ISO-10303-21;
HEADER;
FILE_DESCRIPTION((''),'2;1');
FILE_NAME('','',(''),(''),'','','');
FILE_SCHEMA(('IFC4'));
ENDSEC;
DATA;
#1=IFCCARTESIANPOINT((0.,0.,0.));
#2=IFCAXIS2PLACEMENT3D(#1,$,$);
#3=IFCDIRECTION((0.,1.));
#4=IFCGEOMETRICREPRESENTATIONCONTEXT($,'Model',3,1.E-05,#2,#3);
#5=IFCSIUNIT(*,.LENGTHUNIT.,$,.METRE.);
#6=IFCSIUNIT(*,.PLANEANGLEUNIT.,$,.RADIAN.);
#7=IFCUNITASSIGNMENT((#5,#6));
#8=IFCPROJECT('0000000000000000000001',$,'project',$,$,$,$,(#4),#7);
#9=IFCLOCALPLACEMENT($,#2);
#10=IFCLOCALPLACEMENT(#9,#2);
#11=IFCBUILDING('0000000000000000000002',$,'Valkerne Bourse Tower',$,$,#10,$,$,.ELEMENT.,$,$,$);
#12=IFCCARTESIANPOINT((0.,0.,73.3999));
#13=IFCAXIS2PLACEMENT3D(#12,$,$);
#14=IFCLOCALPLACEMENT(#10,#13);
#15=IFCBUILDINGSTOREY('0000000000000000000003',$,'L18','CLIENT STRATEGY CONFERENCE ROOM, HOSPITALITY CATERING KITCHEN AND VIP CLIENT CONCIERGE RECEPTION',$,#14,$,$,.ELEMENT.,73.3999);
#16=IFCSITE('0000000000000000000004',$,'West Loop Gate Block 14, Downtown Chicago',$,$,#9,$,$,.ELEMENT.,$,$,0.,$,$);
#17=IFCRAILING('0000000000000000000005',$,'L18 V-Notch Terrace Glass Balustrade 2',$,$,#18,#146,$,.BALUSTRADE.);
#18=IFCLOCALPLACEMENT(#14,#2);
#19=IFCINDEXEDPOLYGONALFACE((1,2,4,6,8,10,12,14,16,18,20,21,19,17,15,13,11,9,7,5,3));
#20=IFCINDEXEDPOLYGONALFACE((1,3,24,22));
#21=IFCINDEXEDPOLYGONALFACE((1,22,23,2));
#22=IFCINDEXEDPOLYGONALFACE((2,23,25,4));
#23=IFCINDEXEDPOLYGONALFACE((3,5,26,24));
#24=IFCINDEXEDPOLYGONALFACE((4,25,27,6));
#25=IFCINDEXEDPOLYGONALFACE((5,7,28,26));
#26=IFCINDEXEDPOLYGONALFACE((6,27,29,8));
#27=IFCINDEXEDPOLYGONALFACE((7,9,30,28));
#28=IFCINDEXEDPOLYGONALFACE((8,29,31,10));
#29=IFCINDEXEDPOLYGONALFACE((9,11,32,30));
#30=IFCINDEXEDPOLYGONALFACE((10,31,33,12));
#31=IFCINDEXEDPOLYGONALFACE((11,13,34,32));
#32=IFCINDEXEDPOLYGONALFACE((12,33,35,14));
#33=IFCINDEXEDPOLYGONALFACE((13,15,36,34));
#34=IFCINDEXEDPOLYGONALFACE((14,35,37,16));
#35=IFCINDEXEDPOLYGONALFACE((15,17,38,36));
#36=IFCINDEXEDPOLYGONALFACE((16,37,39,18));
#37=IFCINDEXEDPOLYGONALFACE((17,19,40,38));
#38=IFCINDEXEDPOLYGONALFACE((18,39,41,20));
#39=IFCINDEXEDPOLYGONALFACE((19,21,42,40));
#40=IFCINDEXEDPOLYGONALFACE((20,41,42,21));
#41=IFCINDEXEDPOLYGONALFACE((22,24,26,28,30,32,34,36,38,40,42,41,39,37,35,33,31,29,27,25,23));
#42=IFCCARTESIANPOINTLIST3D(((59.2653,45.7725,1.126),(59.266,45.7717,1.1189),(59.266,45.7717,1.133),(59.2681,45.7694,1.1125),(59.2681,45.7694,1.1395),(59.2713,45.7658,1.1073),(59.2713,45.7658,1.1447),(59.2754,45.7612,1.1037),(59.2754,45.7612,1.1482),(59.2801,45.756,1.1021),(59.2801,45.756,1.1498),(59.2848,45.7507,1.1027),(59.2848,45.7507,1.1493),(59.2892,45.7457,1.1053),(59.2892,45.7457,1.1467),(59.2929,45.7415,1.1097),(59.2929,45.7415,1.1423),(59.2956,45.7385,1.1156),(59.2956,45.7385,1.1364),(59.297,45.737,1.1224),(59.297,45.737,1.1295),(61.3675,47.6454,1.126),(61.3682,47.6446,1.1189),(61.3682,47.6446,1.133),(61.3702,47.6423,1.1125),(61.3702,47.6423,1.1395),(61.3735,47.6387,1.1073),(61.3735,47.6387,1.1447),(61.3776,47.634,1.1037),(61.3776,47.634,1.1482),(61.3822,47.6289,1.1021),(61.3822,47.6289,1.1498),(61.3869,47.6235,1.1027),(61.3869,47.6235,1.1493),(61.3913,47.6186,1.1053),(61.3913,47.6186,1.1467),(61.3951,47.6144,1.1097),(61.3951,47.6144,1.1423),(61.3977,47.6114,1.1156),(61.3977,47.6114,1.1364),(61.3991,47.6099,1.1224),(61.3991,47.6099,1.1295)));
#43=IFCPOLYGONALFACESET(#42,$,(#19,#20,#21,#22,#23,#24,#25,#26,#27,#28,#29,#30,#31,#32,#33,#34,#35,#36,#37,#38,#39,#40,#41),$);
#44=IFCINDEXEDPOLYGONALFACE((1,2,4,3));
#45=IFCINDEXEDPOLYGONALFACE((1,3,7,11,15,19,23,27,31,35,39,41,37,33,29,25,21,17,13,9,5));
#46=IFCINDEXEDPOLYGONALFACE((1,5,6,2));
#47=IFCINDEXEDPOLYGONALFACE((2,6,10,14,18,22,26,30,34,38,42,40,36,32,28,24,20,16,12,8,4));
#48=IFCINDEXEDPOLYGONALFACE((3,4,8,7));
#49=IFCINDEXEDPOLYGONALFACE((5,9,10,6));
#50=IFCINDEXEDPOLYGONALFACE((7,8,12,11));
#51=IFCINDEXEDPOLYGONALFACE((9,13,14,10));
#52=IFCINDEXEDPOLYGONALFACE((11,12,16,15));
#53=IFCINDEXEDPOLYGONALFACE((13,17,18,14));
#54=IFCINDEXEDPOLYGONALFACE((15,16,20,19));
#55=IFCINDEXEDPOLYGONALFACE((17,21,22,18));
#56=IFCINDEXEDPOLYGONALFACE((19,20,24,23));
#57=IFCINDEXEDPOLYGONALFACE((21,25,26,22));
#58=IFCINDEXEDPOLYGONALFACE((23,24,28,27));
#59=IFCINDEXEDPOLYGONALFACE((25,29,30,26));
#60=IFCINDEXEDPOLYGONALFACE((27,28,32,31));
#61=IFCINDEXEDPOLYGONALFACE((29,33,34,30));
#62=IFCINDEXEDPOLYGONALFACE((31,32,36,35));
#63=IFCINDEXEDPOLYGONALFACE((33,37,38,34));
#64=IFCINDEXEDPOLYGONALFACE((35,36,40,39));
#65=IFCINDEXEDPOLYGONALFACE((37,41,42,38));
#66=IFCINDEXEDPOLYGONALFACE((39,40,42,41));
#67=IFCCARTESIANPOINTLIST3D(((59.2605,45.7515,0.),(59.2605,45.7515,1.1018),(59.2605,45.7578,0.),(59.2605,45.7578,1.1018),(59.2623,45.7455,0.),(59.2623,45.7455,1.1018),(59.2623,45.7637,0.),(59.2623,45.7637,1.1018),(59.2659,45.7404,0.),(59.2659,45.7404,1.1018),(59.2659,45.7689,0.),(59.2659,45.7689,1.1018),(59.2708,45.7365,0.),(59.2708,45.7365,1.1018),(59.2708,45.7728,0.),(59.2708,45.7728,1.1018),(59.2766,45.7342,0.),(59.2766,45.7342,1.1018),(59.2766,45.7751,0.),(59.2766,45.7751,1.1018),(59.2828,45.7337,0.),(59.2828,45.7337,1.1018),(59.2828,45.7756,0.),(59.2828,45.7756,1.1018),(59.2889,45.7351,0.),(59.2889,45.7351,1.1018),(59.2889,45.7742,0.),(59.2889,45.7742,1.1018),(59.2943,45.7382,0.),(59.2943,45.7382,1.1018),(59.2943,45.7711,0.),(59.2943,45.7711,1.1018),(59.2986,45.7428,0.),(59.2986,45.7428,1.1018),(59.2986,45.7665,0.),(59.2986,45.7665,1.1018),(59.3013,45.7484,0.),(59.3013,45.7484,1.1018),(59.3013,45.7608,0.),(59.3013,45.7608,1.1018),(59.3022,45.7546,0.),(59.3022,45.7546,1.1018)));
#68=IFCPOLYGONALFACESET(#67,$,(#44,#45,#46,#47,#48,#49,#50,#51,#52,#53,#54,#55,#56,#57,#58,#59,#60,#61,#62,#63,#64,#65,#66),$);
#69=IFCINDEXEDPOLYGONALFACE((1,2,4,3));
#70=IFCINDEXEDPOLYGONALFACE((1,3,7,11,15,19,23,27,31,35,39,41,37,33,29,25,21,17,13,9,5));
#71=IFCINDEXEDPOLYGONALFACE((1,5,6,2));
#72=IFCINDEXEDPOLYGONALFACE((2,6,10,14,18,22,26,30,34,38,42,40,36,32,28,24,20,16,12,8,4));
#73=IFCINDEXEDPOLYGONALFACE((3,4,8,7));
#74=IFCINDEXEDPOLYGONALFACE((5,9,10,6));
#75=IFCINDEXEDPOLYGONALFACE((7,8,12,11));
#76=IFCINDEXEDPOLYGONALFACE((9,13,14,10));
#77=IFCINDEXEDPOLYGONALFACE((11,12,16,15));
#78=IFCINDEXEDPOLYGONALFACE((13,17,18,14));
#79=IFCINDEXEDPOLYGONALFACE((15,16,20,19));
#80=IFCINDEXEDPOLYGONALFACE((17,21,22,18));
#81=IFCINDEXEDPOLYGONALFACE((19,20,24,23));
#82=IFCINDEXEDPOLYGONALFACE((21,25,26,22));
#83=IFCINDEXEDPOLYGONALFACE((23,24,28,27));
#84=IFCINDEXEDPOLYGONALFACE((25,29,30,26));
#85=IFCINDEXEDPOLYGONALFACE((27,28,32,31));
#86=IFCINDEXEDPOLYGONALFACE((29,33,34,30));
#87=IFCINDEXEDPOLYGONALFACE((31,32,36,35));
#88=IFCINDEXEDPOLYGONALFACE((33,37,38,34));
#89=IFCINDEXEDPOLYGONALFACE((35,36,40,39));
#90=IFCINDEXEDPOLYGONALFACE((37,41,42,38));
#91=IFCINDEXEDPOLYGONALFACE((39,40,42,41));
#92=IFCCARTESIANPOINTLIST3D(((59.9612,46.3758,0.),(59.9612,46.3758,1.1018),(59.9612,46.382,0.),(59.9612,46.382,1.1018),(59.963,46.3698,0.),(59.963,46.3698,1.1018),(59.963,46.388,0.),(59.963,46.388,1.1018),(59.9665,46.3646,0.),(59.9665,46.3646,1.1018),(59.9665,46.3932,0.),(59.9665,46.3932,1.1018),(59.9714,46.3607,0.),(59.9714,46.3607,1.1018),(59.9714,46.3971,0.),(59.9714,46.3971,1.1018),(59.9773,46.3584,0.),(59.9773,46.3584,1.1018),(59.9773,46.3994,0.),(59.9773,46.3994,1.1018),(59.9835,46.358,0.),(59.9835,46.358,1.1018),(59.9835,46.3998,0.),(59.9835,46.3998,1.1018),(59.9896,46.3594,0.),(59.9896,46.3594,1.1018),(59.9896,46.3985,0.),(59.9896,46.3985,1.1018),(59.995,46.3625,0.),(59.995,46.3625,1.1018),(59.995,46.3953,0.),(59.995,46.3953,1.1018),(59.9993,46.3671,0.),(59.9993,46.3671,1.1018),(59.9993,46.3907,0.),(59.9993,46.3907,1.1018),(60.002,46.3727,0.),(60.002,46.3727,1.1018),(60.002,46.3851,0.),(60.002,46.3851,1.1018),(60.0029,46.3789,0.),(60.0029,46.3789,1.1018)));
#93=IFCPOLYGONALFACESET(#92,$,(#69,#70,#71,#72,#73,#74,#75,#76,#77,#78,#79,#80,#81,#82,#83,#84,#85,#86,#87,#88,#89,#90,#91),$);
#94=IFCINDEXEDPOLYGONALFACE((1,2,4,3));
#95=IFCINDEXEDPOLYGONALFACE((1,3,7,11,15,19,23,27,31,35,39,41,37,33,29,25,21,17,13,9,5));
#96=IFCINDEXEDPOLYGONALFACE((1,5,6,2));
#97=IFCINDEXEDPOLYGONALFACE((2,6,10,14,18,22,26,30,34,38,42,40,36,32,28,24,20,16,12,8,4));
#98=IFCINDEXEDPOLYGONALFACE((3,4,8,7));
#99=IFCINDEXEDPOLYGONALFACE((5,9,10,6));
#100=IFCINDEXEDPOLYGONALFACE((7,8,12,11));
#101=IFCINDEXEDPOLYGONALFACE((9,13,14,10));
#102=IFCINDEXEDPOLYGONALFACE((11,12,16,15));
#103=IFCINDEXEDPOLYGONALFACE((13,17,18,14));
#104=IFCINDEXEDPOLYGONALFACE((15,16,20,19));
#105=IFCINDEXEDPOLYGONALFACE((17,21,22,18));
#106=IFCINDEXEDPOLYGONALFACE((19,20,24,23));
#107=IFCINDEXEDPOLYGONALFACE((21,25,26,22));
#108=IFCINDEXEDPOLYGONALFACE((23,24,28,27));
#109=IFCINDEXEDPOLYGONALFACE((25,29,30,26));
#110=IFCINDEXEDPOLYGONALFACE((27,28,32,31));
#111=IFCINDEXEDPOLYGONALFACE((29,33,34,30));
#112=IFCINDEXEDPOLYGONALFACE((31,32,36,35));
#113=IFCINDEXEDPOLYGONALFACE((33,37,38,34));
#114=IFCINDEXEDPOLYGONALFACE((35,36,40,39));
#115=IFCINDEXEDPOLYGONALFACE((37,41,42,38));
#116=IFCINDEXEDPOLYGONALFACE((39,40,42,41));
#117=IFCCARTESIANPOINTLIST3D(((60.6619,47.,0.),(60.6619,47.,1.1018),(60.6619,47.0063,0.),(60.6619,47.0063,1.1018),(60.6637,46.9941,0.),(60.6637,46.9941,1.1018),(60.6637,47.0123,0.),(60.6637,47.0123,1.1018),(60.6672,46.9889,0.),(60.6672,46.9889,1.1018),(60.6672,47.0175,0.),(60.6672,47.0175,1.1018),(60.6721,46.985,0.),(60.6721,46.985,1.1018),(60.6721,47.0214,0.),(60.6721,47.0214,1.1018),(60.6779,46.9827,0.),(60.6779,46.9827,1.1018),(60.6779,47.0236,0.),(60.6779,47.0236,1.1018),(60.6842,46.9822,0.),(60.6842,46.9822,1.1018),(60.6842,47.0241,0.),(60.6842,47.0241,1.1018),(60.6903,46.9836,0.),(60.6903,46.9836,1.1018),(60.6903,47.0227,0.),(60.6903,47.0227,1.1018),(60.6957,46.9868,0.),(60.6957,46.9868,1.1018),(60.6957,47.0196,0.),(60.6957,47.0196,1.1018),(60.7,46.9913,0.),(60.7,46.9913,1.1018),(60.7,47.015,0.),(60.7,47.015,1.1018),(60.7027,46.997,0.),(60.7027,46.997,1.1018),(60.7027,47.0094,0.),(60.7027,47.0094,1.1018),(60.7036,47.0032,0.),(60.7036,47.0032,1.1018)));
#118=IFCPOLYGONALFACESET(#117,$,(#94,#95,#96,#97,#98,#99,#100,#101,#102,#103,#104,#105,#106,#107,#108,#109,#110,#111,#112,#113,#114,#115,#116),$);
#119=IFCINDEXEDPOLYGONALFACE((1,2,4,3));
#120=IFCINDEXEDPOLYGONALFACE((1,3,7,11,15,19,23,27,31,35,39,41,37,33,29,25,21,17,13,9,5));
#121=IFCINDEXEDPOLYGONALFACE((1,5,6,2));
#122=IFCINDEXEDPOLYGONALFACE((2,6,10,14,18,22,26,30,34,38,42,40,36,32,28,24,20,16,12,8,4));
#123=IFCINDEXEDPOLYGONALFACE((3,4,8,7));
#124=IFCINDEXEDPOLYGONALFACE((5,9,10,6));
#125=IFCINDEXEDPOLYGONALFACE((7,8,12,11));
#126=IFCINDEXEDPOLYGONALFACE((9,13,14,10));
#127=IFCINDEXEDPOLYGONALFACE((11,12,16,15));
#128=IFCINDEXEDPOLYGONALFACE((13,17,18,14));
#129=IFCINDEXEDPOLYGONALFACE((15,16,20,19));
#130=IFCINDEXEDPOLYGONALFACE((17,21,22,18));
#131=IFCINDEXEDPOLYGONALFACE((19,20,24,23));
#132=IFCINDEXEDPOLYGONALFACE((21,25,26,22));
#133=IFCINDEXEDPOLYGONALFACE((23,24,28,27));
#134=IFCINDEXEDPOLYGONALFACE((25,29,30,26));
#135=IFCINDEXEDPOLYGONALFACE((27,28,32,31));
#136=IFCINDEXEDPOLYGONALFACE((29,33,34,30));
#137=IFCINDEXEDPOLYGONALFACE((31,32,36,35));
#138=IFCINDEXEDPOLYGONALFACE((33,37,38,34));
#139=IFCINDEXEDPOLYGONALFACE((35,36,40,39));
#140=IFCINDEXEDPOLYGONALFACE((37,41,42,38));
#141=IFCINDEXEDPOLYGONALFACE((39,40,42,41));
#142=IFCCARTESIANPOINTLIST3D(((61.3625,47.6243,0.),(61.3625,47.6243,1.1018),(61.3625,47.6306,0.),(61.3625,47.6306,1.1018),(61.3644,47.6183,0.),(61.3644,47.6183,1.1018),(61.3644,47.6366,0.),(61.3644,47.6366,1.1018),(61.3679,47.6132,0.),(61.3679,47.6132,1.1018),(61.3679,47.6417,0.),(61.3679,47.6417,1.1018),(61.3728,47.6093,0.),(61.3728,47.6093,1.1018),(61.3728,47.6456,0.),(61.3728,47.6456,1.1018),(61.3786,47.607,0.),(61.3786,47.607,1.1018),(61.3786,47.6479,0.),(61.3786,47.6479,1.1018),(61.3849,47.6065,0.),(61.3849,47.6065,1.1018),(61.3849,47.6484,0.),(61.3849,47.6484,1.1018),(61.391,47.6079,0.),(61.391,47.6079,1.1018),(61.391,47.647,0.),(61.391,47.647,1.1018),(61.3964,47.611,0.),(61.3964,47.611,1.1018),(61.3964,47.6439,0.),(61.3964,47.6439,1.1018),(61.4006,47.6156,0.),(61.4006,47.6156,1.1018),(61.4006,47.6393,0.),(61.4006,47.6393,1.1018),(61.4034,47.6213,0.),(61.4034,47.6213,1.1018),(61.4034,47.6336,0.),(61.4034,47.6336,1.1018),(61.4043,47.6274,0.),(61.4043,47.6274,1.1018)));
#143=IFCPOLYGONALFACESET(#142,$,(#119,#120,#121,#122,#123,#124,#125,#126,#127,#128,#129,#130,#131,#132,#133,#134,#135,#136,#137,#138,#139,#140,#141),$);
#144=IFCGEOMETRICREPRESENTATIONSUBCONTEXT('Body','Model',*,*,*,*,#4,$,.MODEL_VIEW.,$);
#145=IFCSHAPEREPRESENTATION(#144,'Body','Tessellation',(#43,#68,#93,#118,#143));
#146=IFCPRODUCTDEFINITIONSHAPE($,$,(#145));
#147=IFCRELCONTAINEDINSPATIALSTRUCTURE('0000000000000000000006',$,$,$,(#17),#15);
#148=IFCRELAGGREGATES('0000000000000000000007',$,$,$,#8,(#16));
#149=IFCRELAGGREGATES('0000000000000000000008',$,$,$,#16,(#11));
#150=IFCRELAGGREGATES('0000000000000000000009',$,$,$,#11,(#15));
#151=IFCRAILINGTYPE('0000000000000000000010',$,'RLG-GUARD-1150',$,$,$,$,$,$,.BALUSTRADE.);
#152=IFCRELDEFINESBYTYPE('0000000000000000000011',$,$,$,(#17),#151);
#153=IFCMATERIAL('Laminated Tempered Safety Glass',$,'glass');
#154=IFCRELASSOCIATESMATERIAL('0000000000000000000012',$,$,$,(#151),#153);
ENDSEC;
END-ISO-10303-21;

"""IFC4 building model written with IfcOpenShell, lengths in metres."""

from ifc_helpers import new_model, si_unit, direction, frame, origin, origin_2d, place, context, subcontext, project, spatial, circle, extrude, material, type_object, element, save


model = new_model("IFC4")

# Units and contexts
model_context = context("Model", 3, precision=1e-05, world=origin(), true_north=direction((0.0, 1.0)))
body_context = subcontext(model_context, "Body", "Model", "MODEL_VIEW")
ifc_project = project(units=[si_unit("LENGTHUNIT", "METRE"), si_unit("PLANEANGLEUNIT", "RADIAN")], contexts=[model_context])

# Site, building, storey
site_placement = place(None, origin())
site = spatial("IfcSite", under=ifc_project, at=site_placement, Name="West Loop Gate Block 14, Downtown Chicago", CompositionType="ELEMENT", RefElevation=0.0)
building_placement = place(site_placement, origin())
building = spatial("IfcBuilding", under=site, at=building_placement, Name="Valkerne Bourse Tower", CompositionType="ELEMENT")
storey_placement = place(building_placement, frame((0.0, 0.0, 73.3999)))
storey = spatial("IfcBuildingStorey", under=building, at=storey_placement, Name="L18", Description="CLIENT STRATEGY CONFERENCE ROOM, HOSPITALITY CATERING KITCHEN AND VIP CLIENT CONCIERGE RECEPTION", CompositionType="ELEMENT", Elevation=73.3999)

# Railing
ifc_material_1 = material(Name="Laminated Tempered Safety Glass", Category="glass")
railing_type = type_object("IfcRailingType", Name="RLG-GUARD-1150", PredefinedType="BALUSTRADE", material=ifc_material_1)
railing_1_placement = place(storey_placement, frame((59.2812, 45.7546, 0.0)))
element("IfcRailing", 1, at=railing_1_placement, inside=storey, type_object=railing_type, Name="L18 V-Notch Terrace Glass Balustrade 2", PredefinedType="BALUSTRADE", context=body_context, shape_type="SweptSolid", body=[
    extrude(circle(Radius=0.0239, at=origin_2d()), frame((0.0, 0.0, 1.126), z_axis=(0.746648, 0.665219, 0.0), x_axis=(-0.665219, 0.746648, 0.0)), (0.0, 0.0, 1.0), 2.8154),
    extrude(circle(Radius=0.021, at=origin_2d()), origin(), (0.0, 0.0, 1.0), 1.1018),
    extrude(circle(Radius=0.021, at=origin_2d()), frame((0.7007, 0.6243, 0.0)), (0.0, 0.0, 1.0), 1.1018),
    extrude(circle(Radius=0.021, at=origin_2d()), frame((1.4014, 1.2485, 0.0)), (0.0, 0.0, 1.0), 1.1018),
    extrude(circle(Radius=0.021, at=origin_2d()), frame((2.1021, 1.8728, 0.0)), (0.0, 0.0, 1.0), 1.1018),
])

save(model, "model.ifc")
